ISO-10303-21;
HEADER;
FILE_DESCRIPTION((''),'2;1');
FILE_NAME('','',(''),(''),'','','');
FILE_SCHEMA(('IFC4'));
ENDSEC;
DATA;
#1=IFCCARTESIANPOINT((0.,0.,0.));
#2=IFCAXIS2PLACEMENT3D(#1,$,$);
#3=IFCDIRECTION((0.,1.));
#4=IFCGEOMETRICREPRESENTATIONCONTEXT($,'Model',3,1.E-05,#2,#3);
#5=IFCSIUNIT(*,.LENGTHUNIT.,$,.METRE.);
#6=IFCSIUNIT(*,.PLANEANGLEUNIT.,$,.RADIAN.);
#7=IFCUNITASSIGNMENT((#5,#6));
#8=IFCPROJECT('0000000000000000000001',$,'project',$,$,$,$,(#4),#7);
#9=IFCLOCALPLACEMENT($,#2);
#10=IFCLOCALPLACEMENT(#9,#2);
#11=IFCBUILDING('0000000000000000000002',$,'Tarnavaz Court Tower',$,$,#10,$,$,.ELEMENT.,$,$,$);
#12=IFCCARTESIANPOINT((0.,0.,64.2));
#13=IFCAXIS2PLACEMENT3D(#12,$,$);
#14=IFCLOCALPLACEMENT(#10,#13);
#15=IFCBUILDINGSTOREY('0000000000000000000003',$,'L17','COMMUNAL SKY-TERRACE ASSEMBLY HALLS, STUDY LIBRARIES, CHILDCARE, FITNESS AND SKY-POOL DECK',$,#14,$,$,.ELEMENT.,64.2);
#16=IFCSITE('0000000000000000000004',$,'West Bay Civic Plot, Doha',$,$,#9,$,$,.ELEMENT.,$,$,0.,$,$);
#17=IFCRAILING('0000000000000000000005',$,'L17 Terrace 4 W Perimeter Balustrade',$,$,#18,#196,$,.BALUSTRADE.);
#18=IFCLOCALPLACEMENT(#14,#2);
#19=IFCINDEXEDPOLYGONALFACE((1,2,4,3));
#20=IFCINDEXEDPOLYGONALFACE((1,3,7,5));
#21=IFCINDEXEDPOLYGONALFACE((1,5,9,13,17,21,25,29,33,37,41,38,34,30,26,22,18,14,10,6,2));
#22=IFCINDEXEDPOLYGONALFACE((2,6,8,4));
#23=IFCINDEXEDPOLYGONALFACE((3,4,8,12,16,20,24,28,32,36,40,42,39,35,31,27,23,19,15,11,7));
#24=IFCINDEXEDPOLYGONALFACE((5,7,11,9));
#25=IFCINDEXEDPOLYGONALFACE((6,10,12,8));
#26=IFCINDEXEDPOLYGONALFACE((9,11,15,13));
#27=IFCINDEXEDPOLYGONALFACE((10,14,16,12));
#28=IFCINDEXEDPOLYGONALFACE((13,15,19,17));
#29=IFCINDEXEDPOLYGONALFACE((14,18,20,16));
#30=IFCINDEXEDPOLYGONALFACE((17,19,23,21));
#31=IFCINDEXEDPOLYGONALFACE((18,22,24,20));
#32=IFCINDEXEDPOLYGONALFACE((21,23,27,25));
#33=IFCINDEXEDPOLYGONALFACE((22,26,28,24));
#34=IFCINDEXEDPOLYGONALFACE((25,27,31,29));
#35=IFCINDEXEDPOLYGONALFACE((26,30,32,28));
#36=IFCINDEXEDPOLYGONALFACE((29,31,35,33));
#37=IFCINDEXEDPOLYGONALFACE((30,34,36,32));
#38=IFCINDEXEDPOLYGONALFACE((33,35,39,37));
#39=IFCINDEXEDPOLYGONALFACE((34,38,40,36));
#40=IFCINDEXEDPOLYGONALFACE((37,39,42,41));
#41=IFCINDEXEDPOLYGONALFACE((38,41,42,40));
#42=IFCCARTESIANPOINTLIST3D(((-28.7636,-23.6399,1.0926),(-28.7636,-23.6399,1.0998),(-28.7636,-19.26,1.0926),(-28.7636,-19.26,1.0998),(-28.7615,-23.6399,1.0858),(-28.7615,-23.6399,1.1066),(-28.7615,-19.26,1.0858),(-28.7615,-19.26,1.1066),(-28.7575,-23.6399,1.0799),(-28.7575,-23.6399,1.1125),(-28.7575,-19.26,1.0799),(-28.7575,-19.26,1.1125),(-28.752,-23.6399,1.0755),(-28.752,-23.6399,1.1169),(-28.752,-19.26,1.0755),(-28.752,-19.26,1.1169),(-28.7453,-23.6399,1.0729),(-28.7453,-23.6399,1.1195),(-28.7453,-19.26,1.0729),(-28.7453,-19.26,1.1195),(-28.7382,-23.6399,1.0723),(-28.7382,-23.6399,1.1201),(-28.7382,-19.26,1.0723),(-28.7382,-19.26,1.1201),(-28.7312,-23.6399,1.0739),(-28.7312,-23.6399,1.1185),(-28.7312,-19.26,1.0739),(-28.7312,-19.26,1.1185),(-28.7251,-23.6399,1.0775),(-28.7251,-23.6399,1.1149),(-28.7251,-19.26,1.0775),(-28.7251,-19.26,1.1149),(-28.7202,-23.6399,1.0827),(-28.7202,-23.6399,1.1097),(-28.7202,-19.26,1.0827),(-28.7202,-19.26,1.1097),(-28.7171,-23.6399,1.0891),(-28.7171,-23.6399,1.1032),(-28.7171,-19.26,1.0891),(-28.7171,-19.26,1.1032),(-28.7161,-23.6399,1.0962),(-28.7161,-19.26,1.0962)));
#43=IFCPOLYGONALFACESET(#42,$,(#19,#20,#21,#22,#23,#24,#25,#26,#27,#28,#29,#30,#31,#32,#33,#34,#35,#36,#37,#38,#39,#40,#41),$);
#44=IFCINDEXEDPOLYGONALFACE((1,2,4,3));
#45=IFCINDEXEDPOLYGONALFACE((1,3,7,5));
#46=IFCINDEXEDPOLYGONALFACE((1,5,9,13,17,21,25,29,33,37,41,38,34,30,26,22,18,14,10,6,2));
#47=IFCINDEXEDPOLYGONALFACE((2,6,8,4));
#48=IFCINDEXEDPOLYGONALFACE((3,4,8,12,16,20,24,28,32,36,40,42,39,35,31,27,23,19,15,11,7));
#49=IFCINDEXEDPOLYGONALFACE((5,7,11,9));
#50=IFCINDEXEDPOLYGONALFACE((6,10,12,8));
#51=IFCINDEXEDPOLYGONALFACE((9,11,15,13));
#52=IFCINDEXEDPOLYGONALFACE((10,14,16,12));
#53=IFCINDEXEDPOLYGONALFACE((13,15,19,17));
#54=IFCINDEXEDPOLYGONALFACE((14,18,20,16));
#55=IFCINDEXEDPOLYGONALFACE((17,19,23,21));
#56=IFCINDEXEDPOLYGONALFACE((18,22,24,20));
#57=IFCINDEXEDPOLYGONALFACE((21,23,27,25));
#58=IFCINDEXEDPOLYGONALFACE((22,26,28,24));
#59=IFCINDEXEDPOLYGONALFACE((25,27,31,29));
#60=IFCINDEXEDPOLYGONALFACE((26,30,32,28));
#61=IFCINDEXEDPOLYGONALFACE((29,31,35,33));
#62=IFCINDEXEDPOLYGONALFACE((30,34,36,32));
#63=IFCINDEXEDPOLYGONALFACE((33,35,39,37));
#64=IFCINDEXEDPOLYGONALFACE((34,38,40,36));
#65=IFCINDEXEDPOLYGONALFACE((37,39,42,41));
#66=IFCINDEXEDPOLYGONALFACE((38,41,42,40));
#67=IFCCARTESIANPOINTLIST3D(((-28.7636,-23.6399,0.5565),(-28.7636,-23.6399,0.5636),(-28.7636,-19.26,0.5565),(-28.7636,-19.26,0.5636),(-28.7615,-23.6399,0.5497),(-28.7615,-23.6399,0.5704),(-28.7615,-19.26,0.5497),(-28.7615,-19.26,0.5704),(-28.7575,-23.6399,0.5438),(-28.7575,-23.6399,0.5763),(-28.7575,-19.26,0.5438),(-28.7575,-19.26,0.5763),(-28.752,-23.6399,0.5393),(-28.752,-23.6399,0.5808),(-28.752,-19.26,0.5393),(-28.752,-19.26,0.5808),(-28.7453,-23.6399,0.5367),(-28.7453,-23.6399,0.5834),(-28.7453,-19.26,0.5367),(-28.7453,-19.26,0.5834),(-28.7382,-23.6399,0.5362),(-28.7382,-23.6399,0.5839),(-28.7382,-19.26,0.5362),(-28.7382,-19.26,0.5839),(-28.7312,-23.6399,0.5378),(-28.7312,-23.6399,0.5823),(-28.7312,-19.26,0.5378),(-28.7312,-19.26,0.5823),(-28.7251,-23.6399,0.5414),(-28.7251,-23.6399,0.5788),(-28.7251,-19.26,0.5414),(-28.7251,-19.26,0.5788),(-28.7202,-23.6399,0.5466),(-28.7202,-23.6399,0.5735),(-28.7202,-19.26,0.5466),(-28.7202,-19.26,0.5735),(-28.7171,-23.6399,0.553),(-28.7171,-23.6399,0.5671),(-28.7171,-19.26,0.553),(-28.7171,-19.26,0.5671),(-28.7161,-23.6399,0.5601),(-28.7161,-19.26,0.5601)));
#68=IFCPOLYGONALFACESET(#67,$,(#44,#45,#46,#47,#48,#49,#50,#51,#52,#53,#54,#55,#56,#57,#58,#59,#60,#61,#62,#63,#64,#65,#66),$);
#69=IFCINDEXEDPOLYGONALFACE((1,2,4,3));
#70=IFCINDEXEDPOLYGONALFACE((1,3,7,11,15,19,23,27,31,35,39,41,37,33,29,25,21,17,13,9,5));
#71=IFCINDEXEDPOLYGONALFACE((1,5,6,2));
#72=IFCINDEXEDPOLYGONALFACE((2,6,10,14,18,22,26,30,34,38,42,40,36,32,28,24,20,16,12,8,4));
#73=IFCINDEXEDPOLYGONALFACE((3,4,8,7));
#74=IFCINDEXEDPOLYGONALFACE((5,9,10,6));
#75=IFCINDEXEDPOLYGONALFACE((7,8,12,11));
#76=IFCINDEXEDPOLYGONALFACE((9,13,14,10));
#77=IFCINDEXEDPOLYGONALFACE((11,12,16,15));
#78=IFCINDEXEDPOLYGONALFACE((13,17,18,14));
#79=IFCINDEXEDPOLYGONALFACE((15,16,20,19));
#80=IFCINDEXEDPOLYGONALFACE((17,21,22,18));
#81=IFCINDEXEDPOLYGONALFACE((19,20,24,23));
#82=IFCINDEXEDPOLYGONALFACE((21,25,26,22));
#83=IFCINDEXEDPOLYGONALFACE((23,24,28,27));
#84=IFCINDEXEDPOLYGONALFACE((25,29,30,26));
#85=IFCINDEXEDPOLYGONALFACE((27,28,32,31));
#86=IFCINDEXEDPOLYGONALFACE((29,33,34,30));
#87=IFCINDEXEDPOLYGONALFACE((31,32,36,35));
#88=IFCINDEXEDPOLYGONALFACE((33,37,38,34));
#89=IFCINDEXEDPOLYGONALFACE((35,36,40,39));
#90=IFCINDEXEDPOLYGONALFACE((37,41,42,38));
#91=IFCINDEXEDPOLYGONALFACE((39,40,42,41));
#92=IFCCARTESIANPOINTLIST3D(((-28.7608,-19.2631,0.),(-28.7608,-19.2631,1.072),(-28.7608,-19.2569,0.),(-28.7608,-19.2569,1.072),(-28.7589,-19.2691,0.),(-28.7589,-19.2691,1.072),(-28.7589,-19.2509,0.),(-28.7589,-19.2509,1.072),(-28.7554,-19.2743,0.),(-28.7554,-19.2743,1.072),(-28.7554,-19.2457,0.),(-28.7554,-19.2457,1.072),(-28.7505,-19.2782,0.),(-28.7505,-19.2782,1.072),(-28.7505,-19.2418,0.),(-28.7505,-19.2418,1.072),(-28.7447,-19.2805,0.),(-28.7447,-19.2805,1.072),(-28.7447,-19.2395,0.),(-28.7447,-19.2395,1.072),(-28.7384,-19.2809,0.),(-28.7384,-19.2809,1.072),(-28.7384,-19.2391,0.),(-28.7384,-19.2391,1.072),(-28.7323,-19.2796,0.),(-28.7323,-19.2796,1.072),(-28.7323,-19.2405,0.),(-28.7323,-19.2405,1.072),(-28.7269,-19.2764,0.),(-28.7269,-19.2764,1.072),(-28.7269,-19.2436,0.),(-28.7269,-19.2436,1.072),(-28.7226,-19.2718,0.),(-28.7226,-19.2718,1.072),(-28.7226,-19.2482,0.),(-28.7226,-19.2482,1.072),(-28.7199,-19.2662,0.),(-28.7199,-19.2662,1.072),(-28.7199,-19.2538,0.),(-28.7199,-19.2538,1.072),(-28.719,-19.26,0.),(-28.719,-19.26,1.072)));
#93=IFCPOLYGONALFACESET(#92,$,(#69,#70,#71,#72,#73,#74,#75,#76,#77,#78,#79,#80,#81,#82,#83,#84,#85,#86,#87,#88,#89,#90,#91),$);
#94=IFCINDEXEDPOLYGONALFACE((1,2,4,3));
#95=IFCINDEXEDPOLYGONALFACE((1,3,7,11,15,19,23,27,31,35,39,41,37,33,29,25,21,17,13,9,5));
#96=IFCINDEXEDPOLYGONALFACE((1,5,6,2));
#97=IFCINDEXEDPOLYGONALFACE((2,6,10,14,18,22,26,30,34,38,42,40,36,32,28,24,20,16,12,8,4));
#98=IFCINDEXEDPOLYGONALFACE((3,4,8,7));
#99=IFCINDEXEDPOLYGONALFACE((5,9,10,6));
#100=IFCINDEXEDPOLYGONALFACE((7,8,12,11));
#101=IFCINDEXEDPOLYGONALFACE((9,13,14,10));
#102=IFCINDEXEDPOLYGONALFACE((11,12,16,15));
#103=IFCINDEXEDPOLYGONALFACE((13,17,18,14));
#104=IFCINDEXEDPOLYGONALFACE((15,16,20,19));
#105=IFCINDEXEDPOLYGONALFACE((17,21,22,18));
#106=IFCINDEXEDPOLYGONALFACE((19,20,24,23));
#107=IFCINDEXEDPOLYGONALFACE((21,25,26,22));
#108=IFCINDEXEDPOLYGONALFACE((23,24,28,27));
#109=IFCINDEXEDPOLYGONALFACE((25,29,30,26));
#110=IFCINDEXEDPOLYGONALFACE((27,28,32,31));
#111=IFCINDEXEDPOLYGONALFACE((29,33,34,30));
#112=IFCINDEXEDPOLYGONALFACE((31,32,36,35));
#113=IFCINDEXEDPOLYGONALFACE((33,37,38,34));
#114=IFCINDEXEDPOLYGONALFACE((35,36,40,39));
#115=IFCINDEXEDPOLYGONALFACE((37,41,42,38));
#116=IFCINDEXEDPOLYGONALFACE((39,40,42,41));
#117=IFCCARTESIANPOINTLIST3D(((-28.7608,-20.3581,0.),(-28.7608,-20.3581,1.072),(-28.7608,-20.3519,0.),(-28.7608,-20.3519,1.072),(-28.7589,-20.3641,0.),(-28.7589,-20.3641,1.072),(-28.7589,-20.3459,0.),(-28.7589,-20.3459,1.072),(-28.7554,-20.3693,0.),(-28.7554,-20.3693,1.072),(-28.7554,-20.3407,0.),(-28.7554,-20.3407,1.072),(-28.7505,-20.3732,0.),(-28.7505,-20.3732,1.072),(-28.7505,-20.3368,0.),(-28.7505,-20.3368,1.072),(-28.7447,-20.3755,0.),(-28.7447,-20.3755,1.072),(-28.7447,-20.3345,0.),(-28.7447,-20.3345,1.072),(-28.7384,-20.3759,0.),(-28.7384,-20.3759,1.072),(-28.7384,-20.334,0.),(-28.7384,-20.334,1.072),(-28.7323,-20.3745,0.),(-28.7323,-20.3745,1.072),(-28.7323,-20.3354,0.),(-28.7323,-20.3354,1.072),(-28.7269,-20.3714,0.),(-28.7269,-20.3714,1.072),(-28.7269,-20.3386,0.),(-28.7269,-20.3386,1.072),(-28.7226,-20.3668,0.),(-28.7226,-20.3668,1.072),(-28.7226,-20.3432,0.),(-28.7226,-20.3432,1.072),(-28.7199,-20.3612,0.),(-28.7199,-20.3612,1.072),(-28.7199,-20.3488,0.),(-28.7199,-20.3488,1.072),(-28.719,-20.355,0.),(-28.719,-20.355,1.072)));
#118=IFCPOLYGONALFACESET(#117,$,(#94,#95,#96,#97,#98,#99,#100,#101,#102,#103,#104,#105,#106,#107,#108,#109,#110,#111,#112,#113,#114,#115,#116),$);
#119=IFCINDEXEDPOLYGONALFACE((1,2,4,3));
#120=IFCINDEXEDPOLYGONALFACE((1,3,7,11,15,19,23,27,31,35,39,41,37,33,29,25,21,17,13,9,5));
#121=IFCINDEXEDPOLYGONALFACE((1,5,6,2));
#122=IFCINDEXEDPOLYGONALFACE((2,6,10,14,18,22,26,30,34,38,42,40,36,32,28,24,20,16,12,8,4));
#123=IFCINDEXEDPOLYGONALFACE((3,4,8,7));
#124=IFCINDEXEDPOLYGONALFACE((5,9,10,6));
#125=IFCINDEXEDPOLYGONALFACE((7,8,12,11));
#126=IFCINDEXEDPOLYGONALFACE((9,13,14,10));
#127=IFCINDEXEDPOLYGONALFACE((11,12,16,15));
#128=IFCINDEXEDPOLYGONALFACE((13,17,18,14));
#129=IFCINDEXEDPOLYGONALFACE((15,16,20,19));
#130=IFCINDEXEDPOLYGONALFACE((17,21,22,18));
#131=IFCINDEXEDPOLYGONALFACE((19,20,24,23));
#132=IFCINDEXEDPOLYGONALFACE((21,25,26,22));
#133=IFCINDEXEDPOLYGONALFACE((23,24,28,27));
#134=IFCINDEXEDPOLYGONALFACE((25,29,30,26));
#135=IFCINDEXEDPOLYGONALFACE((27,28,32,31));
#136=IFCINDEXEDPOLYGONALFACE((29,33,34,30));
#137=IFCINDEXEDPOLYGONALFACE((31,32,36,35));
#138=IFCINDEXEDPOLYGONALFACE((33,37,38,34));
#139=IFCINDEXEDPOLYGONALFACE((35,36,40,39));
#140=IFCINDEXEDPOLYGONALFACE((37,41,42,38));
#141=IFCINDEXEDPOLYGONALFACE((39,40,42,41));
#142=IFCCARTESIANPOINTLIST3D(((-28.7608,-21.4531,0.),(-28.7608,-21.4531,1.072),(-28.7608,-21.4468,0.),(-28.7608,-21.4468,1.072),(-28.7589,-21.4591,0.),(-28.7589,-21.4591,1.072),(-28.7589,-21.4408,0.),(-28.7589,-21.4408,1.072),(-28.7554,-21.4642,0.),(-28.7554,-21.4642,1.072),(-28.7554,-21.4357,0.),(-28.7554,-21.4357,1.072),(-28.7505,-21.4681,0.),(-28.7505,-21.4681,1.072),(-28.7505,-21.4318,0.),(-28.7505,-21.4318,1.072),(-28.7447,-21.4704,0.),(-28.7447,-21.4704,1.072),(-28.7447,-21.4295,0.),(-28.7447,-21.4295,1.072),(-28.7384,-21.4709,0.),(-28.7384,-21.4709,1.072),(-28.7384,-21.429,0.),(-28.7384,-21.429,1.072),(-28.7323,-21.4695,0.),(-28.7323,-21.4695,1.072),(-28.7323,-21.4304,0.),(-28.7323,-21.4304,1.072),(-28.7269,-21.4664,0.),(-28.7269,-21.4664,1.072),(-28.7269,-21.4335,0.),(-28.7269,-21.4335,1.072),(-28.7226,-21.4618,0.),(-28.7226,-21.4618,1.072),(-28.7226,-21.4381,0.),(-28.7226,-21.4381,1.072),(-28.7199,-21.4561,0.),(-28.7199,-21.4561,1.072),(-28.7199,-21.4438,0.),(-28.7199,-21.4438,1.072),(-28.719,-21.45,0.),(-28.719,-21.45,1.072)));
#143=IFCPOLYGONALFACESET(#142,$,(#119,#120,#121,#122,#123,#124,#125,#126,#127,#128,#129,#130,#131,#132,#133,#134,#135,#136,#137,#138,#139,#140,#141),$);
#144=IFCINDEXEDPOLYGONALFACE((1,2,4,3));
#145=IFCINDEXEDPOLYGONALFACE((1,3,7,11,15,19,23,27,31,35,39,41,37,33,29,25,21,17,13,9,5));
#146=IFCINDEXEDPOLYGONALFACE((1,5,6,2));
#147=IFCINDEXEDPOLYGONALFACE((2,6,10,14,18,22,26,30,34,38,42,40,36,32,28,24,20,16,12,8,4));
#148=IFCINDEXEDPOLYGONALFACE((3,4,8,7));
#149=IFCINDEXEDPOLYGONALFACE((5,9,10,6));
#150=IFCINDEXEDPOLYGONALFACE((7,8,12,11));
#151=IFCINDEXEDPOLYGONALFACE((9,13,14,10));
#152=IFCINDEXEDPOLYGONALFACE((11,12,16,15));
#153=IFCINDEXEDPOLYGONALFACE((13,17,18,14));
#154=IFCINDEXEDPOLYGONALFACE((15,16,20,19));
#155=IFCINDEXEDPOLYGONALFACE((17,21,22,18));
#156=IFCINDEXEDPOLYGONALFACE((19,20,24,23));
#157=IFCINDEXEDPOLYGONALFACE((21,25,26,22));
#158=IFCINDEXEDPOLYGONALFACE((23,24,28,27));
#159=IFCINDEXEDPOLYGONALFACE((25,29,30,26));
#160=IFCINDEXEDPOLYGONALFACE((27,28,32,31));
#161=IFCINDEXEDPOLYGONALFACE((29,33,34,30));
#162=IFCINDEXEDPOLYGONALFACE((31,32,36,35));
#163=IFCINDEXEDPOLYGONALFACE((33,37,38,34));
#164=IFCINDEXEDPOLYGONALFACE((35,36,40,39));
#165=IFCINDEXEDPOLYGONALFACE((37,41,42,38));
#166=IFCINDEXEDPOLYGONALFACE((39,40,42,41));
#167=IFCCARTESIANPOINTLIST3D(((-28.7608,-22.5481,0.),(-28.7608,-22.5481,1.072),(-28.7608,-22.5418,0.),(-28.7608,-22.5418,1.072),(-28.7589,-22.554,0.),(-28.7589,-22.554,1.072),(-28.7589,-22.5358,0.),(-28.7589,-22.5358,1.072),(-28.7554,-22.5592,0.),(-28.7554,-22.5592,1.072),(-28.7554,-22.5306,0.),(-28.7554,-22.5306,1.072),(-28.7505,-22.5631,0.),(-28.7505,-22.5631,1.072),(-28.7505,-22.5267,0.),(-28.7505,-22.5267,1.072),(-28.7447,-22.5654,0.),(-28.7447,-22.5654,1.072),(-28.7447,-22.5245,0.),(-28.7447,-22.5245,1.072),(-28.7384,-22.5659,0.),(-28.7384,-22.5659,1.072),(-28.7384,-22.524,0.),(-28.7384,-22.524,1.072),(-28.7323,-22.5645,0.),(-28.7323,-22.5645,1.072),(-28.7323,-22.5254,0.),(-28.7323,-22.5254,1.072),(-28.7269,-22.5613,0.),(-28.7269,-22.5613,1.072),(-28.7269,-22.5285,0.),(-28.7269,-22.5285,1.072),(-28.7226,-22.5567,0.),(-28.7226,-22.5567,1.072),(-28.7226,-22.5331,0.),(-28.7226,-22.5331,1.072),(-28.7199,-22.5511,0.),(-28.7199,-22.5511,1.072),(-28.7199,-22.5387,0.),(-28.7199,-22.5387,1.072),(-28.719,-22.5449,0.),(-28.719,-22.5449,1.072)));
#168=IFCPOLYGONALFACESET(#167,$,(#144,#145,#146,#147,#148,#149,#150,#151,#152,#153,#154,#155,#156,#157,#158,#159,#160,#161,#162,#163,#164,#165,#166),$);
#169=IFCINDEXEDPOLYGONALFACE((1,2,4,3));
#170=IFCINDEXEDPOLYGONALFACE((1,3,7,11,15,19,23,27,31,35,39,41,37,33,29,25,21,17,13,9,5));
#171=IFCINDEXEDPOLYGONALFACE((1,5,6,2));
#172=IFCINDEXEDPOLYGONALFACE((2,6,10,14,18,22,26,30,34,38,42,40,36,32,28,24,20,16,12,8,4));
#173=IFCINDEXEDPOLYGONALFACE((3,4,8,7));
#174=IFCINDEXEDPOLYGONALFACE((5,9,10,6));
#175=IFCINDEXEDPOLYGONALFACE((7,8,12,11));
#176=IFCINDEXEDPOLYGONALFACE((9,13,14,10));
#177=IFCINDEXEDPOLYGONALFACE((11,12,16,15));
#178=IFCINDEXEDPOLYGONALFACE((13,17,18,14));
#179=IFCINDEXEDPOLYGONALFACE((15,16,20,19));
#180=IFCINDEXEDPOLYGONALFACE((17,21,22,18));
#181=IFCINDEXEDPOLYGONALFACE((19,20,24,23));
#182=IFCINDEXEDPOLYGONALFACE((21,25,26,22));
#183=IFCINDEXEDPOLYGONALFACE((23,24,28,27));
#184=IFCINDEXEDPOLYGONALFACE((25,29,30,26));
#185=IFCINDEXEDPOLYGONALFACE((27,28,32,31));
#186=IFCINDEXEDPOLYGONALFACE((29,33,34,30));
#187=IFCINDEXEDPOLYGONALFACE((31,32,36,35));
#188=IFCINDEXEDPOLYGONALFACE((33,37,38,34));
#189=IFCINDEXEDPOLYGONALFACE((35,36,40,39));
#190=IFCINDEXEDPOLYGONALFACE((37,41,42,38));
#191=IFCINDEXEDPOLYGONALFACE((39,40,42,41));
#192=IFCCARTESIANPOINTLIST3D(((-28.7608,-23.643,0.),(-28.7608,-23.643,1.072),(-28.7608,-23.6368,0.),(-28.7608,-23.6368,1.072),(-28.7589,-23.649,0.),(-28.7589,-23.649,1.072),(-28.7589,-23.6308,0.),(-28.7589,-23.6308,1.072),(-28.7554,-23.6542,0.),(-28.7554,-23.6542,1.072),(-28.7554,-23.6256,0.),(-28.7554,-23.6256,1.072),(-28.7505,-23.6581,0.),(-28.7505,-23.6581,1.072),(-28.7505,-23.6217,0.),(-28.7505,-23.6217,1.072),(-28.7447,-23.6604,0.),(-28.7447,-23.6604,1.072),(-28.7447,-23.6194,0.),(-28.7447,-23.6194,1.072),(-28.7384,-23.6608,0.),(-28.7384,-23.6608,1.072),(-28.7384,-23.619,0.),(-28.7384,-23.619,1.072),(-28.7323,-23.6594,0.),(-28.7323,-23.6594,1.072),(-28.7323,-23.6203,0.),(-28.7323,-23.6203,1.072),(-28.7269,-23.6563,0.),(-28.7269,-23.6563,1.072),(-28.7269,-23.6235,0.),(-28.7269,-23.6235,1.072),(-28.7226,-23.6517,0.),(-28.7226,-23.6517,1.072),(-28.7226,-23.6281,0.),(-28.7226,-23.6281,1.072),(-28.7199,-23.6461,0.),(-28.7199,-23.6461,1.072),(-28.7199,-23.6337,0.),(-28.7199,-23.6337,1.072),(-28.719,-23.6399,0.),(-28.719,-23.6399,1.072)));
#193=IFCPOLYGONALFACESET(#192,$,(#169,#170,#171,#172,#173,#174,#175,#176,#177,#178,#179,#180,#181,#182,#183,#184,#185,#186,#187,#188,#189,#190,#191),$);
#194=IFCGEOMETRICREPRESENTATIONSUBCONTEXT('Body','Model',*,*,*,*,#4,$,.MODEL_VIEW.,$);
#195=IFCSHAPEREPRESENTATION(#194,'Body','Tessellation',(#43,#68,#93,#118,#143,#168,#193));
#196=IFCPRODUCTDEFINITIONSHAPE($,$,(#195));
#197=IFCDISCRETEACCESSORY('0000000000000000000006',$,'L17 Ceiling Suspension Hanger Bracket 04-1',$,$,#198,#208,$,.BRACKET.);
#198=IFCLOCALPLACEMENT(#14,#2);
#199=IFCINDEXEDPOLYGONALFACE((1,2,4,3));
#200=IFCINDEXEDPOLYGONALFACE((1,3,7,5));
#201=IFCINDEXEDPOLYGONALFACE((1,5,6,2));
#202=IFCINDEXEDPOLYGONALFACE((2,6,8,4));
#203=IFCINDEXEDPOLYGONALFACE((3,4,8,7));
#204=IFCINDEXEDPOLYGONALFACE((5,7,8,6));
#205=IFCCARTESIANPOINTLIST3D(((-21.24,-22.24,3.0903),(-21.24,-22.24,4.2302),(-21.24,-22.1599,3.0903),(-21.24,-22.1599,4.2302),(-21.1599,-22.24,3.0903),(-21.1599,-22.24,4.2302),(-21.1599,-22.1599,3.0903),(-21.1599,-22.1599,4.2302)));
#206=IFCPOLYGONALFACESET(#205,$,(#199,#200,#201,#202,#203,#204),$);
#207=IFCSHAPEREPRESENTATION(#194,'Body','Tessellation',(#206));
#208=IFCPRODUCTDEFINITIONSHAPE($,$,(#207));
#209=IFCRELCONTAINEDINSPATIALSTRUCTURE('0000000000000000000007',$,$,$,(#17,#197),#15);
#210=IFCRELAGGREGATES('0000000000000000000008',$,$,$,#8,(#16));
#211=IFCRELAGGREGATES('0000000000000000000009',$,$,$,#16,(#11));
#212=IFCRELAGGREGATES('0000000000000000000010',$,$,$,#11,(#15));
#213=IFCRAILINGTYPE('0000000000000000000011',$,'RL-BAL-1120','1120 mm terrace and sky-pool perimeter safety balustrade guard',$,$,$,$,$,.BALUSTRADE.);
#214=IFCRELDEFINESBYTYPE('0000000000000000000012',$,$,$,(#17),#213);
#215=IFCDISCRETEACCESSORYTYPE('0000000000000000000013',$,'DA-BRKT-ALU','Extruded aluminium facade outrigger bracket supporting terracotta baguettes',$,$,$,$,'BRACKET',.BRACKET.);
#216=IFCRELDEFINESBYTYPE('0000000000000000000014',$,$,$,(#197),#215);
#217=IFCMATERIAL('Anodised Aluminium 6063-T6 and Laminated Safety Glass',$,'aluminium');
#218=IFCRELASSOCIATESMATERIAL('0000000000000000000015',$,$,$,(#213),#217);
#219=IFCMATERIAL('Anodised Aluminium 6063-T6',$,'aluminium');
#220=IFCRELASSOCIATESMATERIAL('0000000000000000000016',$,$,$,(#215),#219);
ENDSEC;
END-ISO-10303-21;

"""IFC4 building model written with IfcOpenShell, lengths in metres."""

from ifc_helpers import new_model, si_unit, direction, frame, origin, origin_2d, place, context, subcontext, project, spatial, rectangle, circle, extrude, material, type_object, element, save


model = new_model("IFC4")

# Units and contexts
model_context = context("Model", 3, precision=1e-05, world=origin(), true_north=direction((0.0, 1.0)))
body_context = subcontext(model_context, "Body", "Model", "MODEL_VIEW")
ifc_project = project(units=[si_unit("LENGTHUNIT", "METRE"), si_unit("PLANEANGLEUNIT", "RADIAN")], contexts=[model_context])

# Site, building, storey
site_placement = place(None, origin())
site = spatial("IfcSite", under=ifc_project, at=site_placement, Name="West Bay Civic Plot, Doha", CompositionType="ELEMENT", RefElevation=0.0)
building_placement = place(site_placement, origin())
building = spatial("IfcBuilding", under=site, at=building_placement, Name="Tarnavaz Court Tower", CompositionType="ELEMENT")
storey_placement = place(building_placement, frame((0.0, 0.0, 64.2)))
storey = spatial("IfcBuildingStorey", under=building, at=storey_placement, Name="L17", Description="COMMUNAL SKY-TERRACE ASSEMBLY HALLS, STUDY LIBRARIES, CHILDCARE, FITNESS AND SKY-POOL DECK", CompositionType="ELEMENT", Elevation=64.2)

# Shared definitions
ifc_material_1 = material(Name="Anodised Aluminium 6063-T6", Category="aluminium")

# Railing
ifc_material_2 = material(Name="Anodised Aluminium 6063-T6 and Laminated Safety Glass", Category="aluminium")
railing_type = type_object("IfcRailingType", Name="RL-BAL-1120", Description="1120 mm terrace and sky-pool perimeter safety balustrade guard", PredefinedType="BALUSTRADE", material=ifc_material_2)
railing_1_placement = place(storey_placement, frame((-28.74, -19.26, 0.0)))
element("IfcRailing", 1, at=railing_1_placement, inside=storey, type_object=railing_type, Name="L17 Terrace 4 W Perimeter Balustrade", PredefinedType="BALUSTRADE", context=body_context, shape_type="SweptSolid", body=[
    extrude(circle(Radius=0.0239, at=origin_2d()), frame((0.0, 0.0, 1.0962), z_axis=(0.0, -1.0, 0.0), x_axis=(1.0, 0.0, 0.0)), (0.0, 0.0, 1.0), 4.3799),
    extrude(circle(Radius=0.0239, at=origin_2d()), frame((0.0, 0.0, 0.5601), z_axis=(0.0, -1.0, 0.0), x_axis=(1.0, 0.0, 0.0)), (0.0, 0.0, 1.0), 4.3799),
    extrude(circle(Radius=0.021, at=origin_2d()), origin(), (0.0, 0.0, 1.0), 1.072),
    extrude(circle(Radius=0.021, at=origin_2d()), frame((0.0, -1.095, 0.0)), (0.0, 0.0, 1.0), 1.072),
    extrude(circle(Radius=0.021, at=origin_2d()), frame((0.0, -2.1899, 0.0)), (0.0, 0.0, 1.0), 1.072),
    extrude(circle(Radius=0.021, at=origin_2d()), frame((0.0, -3.2849, 0.0)), (0.0, 0.0, 1.0), 1.072),
    extrude(circle(Radius=0.021, at=origin_2d()), frame((0.0, -4.3799, 0.0)), (0.0, 0.0, 1.0), 1.072),
])

# Discrete accessory
discrete_accessory_type = type_object("IfcDiscreteAccessoryType", Name="DA-BRKT-ALU", Description="Extruded aluminium facade outrigger bracket supporting terracotta baguettes", ElementType="BRACKET", PredefinedType="BRACKET", material=ifc_material_1)
for number, where, z_axis, x_axis, name in (
    (2, (-21.2, -22.2, 3.0903), (0.0, 0.0, 1.0), (1.0, 0.0, 0.0), "L17 Ceiling Suspension Hanger Bracket 04-1"),
):
    element("IfcDiscreteAccessory", number, at=place(storey_placement, frame(where, z_axis=z_axis, x_axis=x_axis)), inside=storey, type_object=discrete_accessory_type, Name=name, PredefinedType="BRACKET", context=body_context, shape_type="SweptSolid", body=[
        extrude(rectangle(XDim=0.0801, YDim=0.0801, at=origin_2d()), origin(), (0.0, 0.0, 1.0), 1.1399),
    ])

save(model, "model.ifc")
